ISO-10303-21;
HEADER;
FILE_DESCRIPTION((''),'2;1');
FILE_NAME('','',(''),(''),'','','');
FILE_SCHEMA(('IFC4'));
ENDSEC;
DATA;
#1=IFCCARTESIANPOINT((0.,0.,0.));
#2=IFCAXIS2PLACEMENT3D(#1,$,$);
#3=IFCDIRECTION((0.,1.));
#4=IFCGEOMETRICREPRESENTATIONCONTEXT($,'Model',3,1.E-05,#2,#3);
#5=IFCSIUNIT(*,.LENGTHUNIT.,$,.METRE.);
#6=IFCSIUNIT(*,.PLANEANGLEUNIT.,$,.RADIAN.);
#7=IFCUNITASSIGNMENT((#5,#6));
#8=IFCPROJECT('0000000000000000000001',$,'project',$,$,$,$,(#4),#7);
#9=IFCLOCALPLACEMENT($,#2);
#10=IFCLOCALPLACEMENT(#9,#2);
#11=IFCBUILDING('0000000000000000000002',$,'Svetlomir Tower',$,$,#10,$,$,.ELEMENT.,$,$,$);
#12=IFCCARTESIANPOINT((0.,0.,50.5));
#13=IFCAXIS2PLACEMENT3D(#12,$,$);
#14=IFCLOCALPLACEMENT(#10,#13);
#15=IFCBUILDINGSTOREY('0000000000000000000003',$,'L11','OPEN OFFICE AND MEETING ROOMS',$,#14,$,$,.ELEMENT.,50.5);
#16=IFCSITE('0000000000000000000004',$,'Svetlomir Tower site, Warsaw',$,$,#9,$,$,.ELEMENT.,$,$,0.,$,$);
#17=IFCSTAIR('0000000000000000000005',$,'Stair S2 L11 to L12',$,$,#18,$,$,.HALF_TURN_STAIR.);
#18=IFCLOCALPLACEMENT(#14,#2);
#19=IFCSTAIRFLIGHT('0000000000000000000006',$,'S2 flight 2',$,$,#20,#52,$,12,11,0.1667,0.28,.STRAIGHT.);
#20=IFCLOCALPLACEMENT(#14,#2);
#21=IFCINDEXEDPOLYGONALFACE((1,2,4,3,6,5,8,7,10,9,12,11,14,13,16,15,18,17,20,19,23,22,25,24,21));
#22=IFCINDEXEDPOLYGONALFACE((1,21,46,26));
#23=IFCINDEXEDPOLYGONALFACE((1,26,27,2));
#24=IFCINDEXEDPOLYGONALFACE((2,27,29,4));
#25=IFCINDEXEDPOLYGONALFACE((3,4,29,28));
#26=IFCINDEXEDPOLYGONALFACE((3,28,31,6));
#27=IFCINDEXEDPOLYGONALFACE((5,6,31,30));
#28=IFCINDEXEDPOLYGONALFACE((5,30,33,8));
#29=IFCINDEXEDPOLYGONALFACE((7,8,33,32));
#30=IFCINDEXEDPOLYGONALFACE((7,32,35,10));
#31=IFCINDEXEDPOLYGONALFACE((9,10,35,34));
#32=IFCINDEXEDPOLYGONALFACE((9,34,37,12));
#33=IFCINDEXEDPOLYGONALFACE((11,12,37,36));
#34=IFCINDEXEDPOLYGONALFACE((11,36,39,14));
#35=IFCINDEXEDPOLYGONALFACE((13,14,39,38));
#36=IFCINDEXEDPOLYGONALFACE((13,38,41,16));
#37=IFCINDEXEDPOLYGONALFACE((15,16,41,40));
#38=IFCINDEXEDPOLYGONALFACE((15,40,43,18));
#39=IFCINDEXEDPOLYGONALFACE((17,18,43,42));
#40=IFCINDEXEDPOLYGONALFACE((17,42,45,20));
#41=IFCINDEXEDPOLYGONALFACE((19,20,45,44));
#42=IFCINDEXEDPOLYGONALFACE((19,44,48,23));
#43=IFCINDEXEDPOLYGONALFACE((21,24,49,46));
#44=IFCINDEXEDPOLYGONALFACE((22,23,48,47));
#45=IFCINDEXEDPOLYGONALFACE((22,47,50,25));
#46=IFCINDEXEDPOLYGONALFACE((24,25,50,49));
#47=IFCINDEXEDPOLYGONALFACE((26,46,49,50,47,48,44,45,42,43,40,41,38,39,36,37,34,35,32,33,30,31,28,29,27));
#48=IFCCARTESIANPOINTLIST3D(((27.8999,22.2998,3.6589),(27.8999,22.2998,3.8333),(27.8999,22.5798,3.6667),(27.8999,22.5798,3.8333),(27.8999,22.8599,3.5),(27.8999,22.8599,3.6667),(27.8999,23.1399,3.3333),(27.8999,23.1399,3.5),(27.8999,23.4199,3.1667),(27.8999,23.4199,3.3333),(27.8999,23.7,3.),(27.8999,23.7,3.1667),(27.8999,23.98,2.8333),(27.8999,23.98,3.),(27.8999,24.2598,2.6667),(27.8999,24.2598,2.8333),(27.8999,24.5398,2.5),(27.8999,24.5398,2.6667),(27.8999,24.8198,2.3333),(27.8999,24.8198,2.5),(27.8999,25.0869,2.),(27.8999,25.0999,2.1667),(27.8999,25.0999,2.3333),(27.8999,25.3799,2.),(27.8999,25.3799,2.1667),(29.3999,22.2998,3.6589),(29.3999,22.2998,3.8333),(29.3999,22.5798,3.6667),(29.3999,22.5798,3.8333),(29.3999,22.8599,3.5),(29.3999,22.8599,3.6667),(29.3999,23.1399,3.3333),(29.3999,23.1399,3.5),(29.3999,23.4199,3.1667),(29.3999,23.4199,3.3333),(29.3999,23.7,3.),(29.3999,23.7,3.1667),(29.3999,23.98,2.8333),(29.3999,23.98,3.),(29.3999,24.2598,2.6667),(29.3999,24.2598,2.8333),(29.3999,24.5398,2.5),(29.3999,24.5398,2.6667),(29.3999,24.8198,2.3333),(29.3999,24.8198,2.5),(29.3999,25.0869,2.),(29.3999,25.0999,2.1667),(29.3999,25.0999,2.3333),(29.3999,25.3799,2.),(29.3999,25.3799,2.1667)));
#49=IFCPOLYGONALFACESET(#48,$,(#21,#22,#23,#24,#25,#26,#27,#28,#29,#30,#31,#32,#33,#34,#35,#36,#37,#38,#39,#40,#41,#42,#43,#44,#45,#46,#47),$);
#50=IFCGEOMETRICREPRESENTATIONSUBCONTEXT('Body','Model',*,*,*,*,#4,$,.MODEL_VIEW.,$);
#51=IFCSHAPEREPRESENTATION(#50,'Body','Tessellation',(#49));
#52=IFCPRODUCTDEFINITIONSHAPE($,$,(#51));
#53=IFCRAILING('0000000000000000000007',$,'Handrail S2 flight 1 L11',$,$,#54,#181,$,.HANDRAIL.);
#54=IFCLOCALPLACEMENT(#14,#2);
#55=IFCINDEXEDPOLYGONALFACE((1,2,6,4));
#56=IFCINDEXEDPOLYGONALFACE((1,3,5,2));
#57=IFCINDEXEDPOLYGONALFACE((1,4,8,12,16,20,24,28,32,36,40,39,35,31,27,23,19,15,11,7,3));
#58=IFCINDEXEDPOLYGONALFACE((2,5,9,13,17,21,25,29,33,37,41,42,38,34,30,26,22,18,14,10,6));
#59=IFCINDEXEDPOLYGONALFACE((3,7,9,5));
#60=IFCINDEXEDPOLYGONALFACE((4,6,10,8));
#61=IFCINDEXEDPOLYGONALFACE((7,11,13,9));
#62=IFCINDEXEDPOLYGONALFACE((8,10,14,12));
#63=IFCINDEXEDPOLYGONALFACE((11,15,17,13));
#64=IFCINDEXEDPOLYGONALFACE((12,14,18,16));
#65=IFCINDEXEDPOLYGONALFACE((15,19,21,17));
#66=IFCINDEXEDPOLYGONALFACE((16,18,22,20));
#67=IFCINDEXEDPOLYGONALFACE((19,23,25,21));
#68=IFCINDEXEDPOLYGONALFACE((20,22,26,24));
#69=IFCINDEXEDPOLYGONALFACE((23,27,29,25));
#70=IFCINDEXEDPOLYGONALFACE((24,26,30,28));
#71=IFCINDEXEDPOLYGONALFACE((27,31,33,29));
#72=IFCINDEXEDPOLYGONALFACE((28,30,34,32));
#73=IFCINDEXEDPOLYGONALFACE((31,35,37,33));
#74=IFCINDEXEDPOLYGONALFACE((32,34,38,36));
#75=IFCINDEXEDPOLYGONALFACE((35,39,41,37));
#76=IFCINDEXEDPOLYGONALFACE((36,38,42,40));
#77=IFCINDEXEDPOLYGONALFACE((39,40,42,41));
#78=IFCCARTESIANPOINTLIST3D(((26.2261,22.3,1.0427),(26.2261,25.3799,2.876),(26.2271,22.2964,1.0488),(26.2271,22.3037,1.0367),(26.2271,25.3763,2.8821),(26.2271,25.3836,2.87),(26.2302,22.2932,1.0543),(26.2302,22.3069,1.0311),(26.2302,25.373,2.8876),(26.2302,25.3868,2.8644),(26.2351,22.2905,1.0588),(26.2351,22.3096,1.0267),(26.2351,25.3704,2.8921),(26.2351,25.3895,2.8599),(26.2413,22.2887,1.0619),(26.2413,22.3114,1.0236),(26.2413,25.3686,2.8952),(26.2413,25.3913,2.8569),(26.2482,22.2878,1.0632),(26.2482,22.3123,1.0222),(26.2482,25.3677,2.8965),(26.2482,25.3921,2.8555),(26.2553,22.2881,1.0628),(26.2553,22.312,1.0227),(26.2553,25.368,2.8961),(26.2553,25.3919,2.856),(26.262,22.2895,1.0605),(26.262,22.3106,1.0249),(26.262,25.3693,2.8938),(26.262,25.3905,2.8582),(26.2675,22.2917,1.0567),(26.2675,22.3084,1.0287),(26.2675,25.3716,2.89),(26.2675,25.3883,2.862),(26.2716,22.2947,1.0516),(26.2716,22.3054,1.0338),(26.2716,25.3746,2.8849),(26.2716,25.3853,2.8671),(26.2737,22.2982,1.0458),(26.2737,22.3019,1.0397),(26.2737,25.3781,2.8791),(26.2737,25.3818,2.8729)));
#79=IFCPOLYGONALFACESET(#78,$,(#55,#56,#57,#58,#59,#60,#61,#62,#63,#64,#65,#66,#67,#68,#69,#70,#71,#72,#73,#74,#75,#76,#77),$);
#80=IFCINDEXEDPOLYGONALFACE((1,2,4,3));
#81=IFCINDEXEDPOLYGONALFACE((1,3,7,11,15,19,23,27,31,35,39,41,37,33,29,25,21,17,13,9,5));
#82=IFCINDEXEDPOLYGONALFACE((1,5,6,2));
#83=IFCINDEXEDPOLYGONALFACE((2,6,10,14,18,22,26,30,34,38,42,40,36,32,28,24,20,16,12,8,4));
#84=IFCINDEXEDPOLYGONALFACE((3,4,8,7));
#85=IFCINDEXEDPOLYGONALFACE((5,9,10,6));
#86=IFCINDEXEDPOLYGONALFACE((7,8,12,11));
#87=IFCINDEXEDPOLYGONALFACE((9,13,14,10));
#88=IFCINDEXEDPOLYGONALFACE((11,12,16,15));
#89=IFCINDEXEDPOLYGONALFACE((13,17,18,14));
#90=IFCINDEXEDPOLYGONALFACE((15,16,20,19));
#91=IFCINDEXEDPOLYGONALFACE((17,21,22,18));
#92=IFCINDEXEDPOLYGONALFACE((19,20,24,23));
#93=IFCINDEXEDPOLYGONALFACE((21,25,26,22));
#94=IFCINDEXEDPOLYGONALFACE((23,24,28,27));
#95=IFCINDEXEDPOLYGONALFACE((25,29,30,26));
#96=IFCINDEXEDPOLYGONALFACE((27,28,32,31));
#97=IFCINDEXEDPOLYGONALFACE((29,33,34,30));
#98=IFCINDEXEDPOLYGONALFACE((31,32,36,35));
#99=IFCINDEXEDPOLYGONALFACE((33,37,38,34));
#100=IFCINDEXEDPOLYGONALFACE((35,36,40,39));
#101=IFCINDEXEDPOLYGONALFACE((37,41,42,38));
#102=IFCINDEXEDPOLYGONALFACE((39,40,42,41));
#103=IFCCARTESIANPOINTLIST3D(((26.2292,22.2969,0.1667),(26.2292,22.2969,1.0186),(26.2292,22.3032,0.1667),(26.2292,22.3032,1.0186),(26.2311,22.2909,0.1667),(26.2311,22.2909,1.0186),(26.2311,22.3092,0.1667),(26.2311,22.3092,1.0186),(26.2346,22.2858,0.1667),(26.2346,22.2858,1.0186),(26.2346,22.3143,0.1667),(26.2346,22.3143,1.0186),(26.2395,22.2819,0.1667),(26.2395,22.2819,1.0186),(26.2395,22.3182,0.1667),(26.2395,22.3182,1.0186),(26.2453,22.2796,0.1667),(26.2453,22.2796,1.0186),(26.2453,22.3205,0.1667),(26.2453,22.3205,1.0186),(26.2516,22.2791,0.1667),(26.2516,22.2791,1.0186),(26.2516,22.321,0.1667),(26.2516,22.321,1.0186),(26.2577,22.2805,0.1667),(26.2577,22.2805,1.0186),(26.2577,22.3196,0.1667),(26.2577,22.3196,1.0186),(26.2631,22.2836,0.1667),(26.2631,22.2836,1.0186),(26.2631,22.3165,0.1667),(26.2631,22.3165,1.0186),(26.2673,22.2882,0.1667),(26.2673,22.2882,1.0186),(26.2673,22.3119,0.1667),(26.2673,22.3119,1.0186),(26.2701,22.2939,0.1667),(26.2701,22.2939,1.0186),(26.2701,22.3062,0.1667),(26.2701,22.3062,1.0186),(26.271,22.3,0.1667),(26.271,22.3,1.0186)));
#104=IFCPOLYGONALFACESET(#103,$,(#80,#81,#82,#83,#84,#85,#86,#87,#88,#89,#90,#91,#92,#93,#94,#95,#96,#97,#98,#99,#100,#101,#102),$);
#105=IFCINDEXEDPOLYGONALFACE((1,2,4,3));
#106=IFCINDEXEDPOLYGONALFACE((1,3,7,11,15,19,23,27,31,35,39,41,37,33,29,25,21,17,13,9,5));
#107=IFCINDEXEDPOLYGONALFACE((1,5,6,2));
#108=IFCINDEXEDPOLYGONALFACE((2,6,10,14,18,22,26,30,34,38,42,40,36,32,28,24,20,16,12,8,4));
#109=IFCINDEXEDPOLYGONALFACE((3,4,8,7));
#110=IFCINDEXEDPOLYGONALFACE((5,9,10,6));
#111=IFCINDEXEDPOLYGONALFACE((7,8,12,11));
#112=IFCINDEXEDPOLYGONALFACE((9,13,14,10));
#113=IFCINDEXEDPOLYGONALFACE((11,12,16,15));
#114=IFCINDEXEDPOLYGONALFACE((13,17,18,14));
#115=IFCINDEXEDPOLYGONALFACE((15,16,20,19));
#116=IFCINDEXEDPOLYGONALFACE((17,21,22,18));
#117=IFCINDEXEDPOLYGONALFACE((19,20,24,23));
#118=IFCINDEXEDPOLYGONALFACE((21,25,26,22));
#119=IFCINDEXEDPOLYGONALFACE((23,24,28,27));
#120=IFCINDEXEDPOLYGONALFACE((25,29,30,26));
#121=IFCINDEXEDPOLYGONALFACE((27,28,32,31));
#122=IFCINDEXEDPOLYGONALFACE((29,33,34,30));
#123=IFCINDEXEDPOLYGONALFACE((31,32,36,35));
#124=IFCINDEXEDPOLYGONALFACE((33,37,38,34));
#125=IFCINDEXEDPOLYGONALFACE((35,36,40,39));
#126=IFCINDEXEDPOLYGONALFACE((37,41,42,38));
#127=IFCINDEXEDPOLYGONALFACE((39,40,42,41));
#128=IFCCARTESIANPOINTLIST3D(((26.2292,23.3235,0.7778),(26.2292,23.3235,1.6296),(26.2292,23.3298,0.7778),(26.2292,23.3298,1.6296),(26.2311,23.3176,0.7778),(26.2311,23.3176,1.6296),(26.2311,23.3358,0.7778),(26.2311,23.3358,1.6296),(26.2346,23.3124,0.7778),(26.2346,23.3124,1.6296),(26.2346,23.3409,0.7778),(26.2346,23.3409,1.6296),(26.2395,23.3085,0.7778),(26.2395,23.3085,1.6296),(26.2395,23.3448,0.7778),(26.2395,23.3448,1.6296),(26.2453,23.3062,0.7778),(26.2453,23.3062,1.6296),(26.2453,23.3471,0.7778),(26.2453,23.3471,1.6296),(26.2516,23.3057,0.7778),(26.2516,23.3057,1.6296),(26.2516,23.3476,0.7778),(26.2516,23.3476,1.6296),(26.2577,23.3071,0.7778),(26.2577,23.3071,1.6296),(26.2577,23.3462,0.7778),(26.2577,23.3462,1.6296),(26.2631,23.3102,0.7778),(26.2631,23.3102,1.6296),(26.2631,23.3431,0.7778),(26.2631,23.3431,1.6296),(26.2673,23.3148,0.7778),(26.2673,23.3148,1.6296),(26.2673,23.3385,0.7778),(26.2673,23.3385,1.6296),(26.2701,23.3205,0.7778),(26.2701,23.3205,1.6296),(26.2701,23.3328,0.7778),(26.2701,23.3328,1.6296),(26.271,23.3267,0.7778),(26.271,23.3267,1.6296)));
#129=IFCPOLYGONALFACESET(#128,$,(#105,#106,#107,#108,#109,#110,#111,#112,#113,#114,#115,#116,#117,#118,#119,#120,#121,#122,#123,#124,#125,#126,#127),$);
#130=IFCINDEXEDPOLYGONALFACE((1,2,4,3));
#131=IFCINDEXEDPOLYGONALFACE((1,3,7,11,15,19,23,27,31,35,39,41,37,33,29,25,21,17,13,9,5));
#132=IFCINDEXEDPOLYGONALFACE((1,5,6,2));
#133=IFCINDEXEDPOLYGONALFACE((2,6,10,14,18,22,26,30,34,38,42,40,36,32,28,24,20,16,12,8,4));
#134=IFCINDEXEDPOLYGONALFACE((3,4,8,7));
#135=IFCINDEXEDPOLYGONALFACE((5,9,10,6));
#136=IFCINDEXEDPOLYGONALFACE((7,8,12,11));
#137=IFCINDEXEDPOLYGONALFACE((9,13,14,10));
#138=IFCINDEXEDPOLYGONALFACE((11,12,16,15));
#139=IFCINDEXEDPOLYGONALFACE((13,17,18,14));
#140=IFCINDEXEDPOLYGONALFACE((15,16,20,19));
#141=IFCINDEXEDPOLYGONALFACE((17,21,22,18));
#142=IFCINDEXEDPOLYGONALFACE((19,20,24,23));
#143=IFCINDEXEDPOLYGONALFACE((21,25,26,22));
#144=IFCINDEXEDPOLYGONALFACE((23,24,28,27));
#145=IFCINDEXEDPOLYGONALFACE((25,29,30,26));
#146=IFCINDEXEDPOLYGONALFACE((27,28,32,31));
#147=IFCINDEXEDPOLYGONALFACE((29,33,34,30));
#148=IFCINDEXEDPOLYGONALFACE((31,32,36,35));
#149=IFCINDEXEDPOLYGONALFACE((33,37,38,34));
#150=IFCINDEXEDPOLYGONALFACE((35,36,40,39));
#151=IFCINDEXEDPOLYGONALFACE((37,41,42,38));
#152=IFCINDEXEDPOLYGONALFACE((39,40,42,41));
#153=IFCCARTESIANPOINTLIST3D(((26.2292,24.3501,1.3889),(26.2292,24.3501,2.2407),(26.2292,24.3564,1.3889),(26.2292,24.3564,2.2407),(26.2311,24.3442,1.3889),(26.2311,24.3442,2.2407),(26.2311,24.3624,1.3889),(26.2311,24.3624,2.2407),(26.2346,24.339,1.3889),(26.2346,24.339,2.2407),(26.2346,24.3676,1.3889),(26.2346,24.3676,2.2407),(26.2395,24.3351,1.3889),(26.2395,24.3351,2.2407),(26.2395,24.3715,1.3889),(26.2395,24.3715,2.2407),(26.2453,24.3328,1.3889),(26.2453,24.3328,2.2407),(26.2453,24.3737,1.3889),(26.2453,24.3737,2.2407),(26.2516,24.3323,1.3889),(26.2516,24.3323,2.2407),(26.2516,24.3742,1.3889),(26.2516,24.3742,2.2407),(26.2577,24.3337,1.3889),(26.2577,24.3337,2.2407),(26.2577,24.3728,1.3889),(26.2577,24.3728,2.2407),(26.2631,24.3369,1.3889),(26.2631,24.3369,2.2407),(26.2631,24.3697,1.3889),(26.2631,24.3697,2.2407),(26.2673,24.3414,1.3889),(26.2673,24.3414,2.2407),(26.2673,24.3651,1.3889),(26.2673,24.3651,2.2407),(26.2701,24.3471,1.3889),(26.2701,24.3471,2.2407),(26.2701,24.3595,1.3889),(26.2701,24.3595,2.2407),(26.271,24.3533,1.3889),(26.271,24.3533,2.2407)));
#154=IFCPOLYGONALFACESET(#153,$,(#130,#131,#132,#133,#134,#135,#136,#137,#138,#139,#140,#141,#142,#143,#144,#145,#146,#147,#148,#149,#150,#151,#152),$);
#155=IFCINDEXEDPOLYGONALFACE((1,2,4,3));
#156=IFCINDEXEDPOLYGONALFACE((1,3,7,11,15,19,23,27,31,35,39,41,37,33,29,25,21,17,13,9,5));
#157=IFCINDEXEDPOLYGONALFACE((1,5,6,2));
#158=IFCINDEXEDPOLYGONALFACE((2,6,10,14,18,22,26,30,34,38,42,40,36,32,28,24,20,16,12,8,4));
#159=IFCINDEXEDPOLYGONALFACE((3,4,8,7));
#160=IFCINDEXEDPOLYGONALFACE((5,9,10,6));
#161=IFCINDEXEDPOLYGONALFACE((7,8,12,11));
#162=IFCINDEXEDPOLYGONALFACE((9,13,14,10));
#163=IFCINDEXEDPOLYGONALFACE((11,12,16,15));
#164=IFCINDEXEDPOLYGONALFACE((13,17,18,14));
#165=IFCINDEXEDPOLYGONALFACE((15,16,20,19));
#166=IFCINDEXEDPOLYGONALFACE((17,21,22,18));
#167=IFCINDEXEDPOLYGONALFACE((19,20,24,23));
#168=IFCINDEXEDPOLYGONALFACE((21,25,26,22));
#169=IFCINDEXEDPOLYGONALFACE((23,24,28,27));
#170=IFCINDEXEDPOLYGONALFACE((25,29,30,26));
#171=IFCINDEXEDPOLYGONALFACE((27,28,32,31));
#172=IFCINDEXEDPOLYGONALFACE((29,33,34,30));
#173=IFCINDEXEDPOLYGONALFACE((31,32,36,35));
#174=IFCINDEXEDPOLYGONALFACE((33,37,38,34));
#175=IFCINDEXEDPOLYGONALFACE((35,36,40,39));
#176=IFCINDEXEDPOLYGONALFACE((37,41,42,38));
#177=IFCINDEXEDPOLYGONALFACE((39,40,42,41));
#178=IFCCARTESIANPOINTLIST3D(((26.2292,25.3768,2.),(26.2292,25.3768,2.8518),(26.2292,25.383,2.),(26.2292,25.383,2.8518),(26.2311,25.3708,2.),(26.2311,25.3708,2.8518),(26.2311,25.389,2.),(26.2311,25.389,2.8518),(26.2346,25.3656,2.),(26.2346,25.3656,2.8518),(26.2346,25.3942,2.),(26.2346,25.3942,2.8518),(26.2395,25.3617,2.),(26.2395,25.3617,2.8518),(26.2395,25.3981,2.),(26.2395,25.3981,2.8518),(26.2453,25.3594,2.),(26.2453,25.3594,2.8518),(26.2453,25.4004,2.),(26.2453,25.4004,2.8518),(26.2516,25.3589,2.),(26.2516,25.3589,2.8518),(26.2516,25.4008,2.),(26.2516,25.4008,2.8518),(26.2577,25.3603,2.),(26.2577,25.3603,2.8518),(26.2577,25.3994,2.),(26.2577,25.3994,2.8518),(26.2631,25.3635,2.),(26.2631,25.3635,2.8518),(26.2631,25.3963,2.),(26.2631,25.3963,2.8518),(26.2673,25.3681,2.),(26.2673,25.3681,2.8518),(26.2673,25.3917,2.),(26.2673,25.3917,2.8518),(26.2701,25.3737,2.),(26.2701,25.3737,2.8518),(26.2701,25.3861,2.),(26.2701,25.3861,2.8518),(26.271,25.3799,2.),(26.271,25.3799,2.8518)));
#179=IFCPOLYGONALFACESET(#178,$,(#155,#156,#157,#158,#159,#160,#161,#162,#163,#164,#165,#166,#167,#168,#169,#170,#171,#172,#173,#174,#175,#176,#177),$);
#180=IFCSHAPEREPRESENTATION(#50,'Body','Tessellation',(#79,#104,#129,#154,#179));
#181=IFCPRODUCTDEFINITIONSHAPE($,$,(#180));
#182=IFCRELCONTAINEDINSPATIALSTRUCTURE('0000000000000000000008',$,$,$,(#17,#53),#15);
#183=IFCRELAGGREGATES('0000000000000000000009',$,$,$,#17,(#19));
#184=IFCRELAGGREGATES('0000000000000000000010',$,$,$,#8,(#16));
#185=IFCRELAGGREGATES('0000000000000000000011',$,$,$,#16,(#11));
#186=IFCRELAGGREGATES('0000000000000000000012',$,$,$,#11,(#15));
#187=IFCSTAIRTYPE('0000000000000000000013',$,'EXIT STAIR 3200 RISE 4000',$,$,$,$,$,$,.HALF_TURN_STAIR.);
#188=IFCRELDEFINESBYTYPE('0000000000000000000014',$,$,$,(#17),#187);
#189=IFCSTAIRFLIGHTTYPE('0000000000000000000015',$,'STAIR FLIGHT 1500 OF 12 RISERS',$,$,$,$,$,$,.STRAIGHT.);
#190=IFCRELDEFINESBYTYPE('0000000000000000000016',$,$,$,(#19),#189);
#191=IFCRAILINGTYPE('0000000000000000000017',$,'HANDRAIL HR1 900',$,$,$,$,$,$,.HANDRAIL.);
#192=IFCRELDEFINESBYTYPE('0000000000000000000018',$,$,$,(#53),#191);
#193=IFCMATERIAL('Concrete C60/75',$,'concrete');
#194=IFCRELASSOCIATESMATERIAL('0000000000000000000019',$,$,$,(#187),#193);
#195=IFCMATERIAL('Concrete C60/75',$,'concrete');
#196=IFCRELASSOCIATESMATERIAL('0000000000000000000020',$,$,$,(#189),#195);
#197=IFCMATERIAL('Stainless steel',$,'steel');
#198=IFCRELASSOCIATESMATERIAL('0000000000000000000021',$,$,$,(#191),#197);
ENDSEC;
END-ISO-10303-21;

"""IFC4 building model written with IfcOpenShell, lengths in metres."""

from ifc_helpers import new_model, si_unit, direction, frame, origin, origin_2d, place, context, subcontext, project, spatial, polyline, circle, outline, extrude, material, type_object, element, aggregate, save


model = new_model("IFC4")

# Units and contexts
model_context = context("Model", 3, precision=1e-05, world=origin(), true_north=direction((0.0, 1.0)))
body_context = subcontext(model_context, "Body", "Model", "MODEL_VIEW")
ifc_project = project(units=[si_unit("LENGTHUNIT", "METRE"), si_unit("PLANEANGLEUNIT", "RADIAN")], contexts=[model_context])

# Site, building, storey
site_placement = place(None, origin())
site = spatial("IfcSite", under=ifc_project, at=site_placement, Name="Svetlomir Tower site, Warsaw", CompositionType="ELEMENT", RefElevation=0.0)
building_placement = place(site_placement, origin())
building = spatial("IfcBuilding", under=site, at=building_placement, Name="Svetlomir Tower", CompositionType="ELEMENT")
storey_placement = place(building_placement, frame((0.0, 0.0, 50.5)))
storey = spatial("IfcBuildingStorey", under=building, at=storey_placement, Name="L11", Description="OPEN OFFICE AND MEETING ROOMS", CompositionType="ELEMENT", Elevation=50.5)

# Shared definitions
ifc_material_1 = material(Name="Concrete C60/75", Category="concrete")
stair_type = type_object("IfcStairType", Name="EXIT STAIR 3200 RISE 4000", PredefinedType="HALF_TURN_STAIR", material=ifc_material_1)
ifc_material_2 = material(Name="Concrete C60/75", Category="concrete")
stair_flight_type = type_object("IfcStairFlightType", Name="STAIR FLIGHT 1500 OF 12 RISERS", PredefinedType="STRAIGHT", material=ifc_material_2)

# Stair, stair flight
stair_1_placement = place(storey_placement, origin())
stair_1 = element("IfcStair", 1, at=stair_1_placement, inside=storey, type_object=stair_type, Name="Stair S2 L11 to L12", PredefinedType="HALF_TURN_STAIR")
stair_flight_1_placement = place(storey_placement, frame((28.6499, 25.3799, 2.0), z_axis=(0.0, 0.0, 1.0), x_axis=(0.0, -1.0, 0.0)))
stair_flight_1 = element("IfcStairFlight", 2, at=stair_flight_1_placement, type_object=stair_flight_type, Name="S2 flight 2", NumberOfRisers=12, NumberOfTreads=11, PredefinedType="STRAIGHT", RiserHeight=0.1667, TreadLength=0.28, context=body_context, shape_type="SweptSolid", body=[
    extrude(outline(polyline([(0.0, 0.0), (0.0, 0.1667), (0.28, 0.1667), (0.28, 0.3333), (0.5601, 0.3333), (0.5601, 0.5), (0.8401, 0.5), (0.8401, 0.6667), (1.1201, 0.6667), (1.1201, 0.8333), (1.3999, 0.8333), (1.3999, 1.0), (1.6799, 1.0), (1.6799, 1.1667), (1.96, 1.1667), (1.96, 1.3333), (2.24, 1.3333), (2.24, 1.5), (2.52, 1.5), (2.52, 1.6667), (2.8, 1.6667), (2.8, 1.8333), (3.0801, 1.8333), (3.0801, 2.0), (3.0801, 1.6589), (0.293, 0.0), (0.0, 0.0)])), frame((0.0, 0.75, 0.0), z_axis=(0.0, -1.0, 0.0), x_axis=(1.0, 0.0, 0.0)), (0.0, 0.0, 1.0), 1.5),
])
aggregate(stair_1, [stair_flight_1])

# Railing
ifc_material_3 = material(Name="Stainless steel", Category="steel")
railing_type = type_object("IfcRailingType", Name="HANDRAIL HR1 900", PredefinedType="HANDRAIL", material=ifc_material_3)
railing_1_placement = place(storey_placement, frame((26.25, 22.3, 0.1667)))
element("IfcRailing", 3, at=railing_1_placement, inside=storey, type_object=railing_type, Name="Handrail S2 flight 1 L11", PredefinedType="HANDRAIL", context=body_context, shape_type="SweptSolid", body=[
    extrude(circle(Radius=0.0239, at=origin_2d()), frame((0.0, 0.0, 0.876), z_axis=(0.0, 0.859291, 0.511487), x_axis=(-1.0, 0.0, 0.0)), (0.0, 0.0, 1.0), 3.5842),
    extrude(circle(Radius=0.021, at=origin_2d()), origin(), (0.0, 0.0, 1.0), 0.8518),
    extrude(circle(Radius=0.021, at=origin_2d()), frame((0.0, 1.0266, 0.6111)), (0.0, 0.0, 1.0), 0.8518),
    extrude(circle(Radius=0.021, at=origin_2d()), frame((0.0, 2.0532, 1.2222)), (0.0, 0.0, 1.0), 0.8518),
    extrude(circle(Radius=0.021, at=origin_2d()), frame((0.0, 3.0798, 1.8333)), (0.0, 0.0, 1.0), 0.8518),
])

save(model, "model.ifc")
